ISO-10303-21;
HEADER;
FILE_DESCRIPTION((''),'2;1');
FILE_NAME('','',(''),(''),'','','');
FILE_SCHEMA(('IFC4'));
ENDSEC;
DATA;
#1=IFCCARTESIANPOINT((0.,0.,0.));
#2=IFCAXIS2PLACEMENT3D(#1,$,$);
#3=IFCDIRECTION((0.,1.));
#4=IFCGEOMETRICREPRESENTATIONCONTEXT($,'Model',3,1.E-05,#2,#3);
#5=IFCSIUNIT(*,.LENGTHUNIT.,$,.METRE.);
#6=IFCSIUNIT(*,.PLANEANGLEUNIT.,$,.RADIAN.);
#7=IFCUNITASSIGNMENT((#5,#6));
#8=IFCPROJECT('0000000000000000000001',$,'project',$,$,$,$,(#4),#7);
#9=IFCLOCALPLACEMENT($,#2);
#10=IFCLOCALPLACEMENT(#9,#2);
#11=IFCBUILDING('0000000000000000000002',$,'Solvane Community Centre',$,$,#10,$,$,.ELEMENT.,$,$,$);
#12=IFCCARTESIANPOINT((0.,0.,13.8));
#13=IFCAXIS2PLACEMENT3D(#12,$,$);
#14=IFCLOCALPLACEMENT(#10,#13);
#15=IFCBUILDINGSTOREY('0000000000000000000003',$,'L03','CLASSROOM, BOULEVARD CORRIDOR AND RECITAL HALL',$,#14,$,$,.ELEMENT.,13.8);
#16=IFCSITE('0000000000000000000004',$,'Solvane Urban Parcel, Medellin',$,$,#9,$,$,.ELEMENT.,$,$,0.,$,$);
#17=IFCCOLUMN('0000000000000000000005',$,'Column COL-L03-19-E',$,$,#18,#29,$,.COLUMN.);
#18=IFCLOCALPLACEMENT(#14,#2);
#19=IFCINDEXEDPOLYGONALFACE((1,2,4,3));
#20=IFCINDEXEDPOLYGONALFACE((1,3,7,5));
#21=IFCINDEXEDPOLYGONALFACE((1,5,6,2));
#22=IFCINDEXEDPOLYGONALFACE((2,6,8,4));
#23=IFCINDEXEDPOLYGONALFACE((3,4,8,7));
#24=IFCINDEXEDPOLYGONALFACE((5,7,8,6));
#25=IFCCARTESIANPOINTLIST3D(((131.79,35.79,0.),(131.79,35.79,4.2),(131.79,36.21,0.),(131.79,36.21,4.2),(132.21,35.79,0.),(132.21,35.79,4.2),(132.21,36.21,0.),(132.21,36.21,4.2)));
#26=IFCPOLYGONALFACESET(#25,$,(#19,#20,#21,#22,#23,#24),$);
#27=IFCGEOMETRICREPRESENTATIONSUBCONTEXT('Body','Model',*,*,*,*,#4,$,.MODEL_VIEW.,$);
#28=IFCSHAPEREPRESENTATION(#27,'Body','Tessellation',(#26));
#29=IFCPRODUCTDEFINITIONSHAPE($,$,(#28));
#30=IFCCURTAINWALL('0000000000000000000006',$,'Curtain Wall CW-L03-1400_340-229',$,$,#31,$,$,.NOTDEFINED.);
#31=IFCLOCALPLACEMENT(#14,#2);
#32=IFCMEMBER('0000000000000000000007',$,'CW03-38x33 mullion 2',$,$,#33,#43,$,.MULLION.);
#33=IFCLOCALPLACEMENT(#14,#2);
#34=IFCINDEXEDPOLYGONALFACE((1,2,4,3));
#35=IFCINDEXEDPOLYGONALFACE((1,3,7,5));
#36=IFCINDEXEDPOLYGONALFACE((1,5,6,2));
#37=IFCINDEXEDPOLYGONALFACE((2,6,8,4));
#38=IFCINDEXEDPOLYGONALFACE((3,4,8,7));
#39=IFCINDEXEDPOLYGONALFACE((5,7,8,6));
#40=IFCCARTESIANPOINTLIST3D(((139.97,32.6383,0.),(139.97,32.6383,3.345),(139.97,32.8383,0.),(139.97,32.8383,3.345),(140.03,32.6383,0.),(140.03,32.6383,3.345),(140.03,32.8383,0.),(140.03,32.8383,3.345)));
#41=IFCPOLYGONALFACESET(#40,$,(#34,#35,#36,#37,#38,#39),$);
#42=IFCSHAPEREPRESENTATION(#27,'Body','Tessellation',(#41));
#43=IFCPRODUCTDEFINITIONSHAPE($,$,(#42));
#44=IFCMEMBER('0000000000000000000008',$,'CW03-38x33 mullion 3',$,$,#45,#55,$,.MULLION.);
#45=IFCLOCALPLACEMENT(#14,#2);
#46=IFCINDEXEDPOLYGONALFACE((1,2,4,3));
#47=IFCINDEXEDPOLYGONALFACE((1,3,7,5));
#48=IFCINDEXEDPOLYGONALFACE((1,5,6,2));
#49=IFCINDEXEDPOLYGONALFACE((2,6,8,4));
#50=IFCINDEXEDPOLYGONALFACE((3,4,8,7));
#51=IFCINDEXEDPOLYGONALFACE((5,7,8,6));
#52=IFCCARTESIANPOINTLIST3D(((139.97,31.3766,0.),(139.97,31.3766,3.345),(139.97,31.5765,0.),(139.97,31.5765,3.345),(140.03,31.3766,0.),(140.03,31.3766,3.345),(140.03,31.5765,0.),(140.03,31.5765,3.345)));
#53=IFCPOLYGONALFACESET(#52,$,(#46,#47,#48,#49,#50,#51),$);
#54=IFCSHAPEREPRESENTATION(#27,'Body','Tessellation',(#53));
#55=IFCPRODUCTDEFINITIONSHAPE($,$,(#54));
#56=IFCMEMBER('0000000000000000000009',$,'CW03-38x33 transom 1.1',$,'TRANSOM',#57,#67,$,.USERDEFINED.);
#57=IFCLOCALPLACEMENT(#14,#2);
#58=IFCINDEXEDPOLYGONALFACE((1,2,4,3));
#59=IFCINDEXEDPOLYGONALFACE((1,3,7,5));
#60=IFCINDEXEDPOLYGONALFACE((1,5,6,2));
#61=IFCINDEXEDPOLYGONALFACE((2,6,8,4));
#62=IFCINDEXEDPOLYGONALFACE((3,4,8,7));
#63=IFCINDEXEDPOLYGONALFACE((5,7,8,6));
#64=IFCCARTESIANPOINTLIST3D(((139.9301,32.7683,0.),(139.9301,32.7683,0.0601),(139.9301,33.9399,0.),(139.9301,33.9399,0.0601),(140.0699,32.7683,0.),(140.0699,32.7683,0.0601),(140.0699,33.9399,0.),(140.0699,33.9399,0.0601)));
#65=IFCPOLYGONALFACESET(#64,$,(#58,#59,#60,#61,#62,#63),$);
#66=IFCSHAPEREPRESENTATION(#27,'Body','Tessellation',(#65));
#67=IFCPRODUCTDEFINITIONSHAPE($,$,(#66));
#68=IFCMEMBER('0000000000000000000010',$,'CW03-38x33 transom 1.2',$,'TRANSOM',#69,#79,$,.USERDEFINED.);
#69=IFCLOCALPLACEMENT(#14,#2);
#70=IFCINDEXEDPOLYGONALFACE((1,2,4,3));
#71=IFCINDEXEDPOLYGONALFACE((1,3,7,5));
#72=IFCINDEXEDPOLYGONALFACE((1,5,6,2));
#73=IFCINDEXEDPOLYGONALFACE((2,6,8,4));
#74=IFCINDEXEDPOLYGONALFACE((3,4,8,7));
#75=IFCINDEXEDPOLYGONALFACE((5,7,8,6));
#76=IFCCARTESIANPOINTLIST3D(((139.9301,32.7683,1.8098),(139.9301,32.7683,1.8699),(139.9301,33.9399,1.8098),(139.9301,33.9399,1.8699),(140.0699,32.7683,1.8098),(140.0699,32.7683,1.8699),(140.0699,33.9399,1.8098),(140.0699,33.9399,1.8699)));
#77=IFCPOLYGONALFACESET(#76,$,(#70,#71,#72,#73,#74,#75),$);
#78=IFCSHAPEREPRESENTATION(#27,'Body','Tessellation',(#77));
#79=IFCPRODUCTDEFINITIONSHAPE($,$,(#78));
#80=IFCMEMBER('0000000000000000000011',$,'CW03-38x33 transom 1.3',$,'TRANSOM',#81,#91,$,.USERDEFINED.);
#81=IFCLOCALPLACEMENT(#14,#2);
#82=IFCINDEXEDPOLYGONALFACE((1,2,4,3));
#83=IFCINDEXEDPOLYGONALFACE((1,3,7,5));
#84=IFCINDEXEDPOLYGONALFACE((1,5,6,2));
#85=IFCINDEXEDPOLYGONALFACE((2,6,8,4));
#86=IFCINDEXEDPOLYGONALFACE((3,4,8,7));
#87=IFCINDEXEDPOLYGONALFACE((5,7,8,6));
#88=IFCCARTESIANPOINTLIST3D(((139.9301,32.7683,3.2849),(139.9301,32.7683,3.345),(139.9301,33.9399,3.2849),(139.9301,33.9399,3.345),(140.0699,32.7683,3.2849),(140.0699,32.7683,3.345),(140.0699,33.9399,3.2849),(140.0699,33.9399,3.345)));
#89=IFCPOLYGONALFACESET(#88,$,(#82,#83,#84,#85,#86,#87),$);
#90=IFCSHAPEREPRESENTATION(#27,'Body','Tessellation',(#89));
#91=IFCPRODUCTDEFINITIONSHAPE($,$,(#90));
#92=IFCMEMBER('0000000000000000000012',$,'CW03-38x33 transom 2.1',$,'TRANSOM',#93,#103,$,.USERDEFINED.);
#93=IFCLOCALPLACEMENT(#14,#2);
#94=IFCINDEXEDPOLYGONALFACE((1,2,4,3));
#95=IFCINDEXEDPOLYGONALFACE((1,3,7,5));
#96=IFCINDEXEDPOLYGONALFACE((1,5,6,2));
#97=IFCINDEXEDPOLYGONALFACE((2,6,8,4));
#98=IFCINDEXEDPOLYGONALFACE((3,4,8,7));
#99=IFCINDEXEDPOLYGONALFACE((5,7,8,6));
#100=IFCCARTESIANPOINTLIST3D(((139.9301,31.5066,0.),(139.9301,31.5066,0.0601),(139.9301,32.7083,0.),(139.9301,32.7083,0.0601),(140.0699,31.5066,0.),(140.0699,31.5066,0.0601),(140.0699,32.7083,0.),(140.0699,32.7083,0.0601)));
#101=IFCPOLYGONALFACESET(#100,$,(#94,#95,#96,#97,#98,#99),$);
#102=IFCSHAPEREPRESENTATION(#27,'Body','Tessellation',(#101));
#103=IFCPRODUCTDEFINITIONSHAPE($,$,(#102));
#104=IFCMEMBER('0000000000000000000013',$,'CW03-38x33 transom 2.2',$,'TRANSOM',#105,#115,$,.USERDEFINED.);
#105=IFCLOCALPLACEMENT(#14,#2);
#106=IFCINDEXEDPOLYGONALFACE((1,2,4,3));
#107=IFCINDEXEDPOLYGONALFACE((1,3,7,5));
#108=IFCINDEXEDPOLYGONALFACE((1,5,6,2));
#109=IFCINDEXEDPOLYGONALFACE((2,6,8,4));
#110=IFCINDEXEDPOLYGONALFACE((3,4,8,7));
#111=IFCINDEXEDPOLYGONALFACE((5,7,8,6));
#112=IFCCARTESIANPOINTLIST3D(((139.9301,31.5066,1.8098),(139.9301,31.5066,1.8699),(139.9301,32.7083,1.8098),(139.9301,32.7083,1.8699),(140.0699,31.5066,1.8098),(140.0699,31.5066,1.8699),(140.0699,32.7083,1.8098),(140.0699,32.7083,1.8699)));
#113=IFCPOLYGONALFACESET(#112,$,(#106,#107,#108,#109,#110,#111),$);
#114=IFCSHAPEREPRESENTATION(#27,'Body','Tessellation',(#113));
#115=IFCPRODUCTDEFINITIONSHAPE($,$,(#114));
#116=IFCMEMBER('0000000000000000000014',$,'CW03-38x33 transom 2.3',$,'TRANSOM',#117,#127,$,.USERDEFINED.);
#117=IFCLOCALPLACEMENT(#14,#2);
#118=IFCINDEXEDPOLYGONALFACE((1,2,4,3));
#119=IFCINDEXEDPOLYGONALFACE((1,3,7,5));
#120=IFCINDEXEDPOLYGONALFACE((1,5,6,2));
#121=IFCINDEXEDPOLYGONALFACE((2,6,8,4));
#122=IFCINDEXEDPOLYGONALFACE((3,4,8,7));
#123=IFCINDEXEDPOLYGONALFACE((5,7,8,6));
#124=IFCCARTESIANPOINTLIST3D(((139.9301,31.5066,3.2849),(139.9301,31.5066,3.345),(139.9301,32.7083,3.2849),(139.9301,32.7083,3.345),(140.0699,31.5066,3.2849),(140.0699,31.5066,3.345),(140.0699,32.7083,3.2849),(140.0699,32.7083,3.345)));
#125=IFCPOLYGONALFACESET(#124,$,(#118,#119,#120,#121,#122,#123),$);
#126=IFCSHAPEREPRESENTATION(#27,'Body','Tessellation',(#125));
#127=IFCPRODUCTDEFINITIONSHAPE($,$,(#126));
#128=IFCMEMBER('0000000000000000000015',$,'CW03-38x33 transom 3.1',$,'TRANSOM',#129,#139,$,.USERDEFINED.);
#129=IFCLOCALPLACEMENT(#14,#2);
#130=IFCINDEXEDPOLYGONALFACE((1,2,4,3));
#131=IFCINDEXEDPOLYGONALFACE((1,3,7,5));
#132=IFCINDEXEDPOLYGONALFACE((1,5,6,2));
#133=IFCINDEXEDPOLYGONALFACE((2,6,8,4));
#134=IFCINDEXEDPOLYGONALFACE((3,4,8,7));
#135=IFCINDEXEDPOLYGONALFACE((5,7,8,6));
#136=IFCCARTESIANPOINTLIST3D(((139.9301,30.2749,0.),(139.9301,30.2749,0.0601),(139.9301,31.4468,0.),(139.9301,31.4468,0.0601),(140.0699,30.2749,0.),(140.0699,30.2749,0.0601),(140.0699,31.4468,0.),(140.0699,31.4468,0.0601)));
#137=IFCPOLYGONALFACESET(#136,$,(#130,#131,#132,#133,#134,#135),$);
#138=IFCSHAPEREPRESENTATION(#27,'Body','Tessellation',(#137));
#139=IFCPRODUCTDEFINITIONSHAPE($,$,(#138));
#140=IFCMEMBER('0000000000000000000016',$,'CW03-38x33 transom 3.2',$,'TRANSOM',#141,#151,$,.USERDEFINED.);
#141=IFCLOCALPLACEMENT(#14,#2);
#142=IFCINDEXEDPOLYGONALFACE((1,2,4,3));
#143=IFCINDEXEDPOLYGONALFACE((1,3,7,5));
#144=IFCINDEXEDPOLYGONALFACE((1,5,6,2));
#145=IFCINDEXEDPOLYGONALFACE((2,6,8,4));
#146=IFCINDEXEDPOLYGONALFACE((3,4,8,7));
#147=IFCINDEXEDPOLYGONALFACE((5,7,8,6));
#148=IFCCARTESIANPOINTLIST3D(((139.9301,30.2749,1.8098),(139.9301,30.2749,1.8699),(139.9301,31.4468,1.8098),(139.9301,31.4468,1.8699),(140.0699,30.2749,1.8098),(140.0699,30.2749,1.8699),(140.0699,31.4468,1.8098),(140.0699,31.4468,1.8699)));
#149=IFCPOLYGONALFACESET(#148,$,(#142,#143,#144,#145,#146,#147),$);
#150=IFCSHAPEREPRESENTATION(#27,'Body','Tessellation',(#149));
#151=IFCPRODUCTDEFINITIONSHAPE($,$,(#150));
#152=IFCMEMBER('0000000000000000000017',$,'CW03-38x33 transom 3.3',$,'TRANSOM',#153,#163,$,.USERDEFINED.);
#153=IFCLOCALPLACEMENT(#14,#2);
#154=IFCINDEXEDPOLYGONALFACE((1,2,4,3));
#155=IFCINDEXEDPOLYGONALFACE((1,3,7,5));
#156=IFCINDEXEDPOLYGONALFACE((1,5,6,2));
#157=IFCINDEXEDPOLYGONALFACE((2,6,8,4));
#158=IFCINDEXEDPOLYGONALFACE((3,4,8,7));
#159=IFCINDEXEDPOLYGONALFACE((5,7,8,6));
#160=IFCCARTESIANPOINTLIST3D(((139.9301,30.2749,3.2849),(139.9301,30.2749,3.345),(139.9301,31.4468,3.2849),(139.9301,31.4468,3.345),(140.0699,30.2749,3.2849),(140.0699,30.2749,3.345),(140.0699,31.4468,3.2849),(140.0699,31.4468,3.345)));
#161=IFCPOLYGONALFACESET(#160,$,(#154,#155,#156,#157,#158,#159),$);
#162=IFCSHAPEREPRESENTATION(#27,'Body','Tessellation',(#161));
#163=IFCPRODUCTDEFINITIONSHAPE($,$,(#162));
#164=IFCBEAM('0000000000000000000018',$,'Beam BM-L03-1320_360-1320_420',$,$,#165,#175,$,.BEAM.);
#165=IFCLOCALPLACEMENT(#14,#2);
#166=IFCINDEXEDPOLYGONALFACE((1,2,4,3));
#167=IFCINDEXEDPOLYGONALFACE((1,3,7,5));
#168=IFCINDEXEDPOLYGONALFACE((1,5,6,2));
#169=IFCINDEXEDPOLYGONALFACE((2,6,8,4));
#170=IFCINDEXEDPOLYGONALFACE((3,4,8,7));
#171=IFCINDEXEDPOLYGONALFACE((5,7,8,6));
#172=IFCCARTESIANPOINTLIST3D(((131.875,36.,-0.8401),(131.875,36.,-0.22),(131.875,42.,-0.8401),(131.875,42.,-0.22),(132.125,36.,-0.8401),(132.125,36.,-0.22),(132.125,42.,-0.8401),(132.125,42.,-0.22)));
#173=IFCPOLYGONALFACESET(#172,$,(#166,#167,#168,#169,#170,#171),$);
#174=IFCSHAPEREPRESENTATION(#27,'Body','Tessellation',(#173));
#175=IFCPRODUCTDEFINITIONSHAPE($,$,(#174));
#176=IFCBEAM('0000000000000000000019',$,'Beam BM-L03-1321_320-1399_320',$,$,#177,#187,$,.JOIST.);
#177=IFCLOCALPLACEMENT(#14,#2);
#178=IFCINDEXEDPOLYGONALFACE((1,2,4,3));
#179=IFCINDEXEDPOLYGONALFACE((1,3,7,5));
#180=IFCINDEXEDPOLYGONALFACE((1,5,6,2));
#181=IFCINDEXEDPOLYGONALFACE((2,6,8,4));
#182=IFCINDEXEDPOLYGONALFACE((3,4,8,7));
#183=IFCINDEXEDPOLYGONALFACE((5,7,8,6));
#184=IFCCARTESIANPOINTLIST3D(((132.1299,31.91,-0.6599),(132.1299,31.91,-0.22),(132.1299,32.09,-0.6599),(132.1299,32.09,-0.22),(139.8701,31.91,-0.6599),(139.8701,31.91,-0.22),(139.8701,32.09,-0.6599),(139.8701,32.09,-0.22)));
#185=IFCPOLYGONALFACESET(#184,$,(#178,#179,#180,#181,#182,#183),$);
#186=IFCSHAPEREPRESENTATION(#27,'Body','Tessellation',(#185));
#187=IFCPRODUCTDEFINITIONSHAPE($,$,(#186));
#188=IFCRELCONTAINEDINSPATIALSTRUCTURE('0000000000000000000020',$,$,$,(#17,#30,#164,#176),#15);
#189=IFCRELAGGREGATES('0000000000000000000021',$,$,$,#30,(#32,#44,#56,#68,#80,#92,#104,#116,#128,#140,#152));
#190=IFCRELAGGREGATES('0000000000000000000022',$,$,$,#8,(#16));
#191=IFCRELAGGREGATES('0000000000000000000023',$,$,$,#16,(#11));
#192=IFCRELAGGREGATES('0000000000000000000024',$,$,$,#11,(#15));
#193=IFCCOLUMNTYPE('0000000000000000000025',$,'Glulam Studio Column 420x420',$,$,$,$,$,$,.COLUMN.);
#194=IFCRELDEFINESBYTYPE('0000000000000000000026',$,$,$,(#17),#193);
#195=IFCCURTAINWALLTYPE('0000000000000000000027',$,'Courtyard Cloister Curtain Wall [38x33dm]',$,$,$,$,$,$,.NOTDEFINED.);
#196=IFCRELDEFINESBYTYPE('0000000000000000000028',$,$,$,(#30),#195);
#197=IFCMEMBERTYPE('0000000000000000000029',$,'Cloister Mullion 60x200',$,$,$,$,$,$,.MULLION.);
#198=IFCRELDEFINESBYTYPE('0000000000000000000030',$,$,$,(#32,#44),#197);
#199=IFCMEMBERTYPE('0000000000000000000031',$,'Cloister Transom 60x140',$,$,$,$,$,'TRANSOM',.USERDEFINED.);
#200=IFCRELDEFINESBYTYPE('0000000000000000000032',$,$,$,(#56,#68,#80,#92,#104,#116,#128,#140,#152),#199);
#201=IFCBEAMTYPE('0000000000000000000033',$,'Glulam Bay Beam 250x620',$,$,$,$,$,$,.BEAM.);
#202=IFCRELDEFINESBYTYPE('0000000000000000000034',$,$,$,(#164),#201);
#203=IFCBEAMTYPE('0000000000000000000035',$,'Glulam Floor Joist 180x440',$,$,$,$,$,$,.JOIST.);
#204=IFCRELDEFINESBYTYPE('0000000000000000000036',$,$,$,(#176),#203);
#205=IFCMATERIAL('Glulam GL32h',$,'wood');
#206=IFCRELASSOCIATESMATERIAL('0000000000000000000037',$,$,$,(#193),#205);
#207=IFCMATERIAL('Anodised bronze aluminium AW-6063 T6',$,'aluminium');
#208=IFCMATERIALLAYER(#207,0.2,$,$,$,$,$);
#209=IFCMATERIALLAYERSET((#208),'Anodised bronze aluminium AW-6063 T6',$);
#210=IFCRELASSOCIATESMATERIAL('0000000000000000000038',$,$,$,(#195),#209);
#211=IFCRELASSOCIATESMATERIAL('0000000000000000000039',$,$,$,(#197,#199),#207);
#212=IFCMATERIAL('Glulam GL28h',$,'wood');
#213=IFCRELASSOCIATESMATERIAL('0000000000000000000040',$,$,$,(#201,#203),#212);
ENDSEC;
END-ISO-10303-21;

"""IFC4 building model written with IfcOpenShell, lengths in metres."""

from ifc_helpers import new_model, si_unit, direction, frame, origin, origin_2d, place, context, subcontext, project, spatial, rectangle, extrude, material, layer, layer_set, material_profile, profile_set, type_object, element, aggregate, save


model = new_model("IFC4")

# Units and contexts
model_context = context("Model", 3, precision=1e-05, world=origin(), true_north=direction((0.0, 1.0)))
body_context = subcontext(model_context, "Body", "Model", "MODEL_VIEW")
ifc_project = project(units=[si_unit("LENGTHUNIT", "METRE"), si_unit("PLANEANGLEUNIT", "RADIAN")], contexts=[model_context])

# Site, building, storey
site_placement = place(None, origin())
site = spatial("IfcSite", under=ifc_project, at=site_placement, Name="Solvane Urban Parcel, Medellin", CompositionType="ELEMENT", RefElevation=0.0)
building_placement = place(site_placement, origin())
building = spatial("IfcBuilding", under=site, at=building_placement, Name="Solvane Community Centre", CompositionType="ELEMENT")
storey_placement = place(building_placement, frame((0.0, 0.0, 13.8)))
storey = spatial("IfcBuildingStorey", under=building, at=storey_placement, Name="L03", Description="CLASSROOM, BOULEVARD CORRIDOR AND RECITAL HALL", CompositionType="ELEMENT", Elevation=13.8)

# Column
ifc_material_1 = material(Name="Glulam GL32h", Category="wood")
ifc_material_profile_1 = material_profile(ifc_material_1, rectangle(XDim=0.4199, YDim=0.4199, at=origin_2d()), Name="GL32h 420x420")
ifc_profile_set_1 = profile_set([ifc_material_profile_1], Name="Glulam GL32h")
column_type = type_object("IfcColumnType", Name="Glulam Studio Column 420x420", PredefinedType="COLUMN", material=ifc_profile_set_1)
column_placement = place(storey_placement, frame((132.0, 36.0, 0.0), z_axis=(0.0, 0.0, 1.0), x_axis=(1.0, 0.0, 0.0)))
element("IfcColumn", 1, at=column_placement, inside=storey, type_object=column_type, Name="Column COL-L03-19-E", PredefinedType="COLUMN", context=body_context, shape_type="SweptSolid", body=[
    extrude(rectangle(XDim=0.4199, YDim=0.4199, at=origin_2d()), origin(), (0.0, 0.0, 1.0), 4.2),
])

# Curtain wall, members
ifc_material_2 = material(Name="Anodised bronze aluminium AW-6063 T6", Category="aluminium")
ifc_layer_1 = layer(ifc_material_2, 0.2)
ifc_layer_set_1 = layer_set([ifc_layer_1], Name="Anodised bronze aluminium AW-6063 T6")
curtain_wall_type = type_object("IfcCurtainWallType", Name="Courtyard Cloister Curtain Wall [38x33dm]", PredefinedType="NOTDEFINED", material=ifc_layer_set_1)
curtain_wall_placement = place(storey_placement, origin())
curtain_wall = element("IfcCurtainWall", 2, at=curtain_wall_placement, inside=storey, type_object=curtain_wall_type, Name="Curtain Wall CW-L03-1400_340-229", PredefinedType="NOTDEFINED")
ifc_material_profile_2 = material_profile(ifc_material_2, rectangle(XDim=0.0601, YDim=0.2, at=origin_2d()), Name="CW-M 60x200")
ifc_profile_set_2 = profile_set([ifc_material_profile_2], Name="Anodised bronze aluminium AW-6063 T6")
member_type_1 = type_object("IfcMemberType", Name="Cloister Mullion 60x200", PredefinedType="MULLION", material=ifc_profile_set_2)
member_1_placement = place(storey_placement, frame((140.0, 32.7383, 0.0), z_axis=(0.0, 0.0, 1.0), x_axis=(1.0, 0.0, 0.0)))
member_1 = element("IfcMember", 3, at=member_1_placement, type_object=member_type_1, Name="CW03-38x33 mullion 2", PredefinedType="MULLION", context=body_context, shape_type="SweptSolid", body=[
    extrude(rectangle(XDim=0.0601, YDim=0.2, at=origin_2d()), origin(), (0.0, 0.0, 1.0), 3.345),
])
member_2_placement = place(storey_placement, frame((140.0, 31.4766, 0.0), z_axis=(0.0, 0.0, 1.0), x_axis=(1.0, 0.0, 0.0)))
member_2 = element("IfcMember", 4, at=member_2_placement, type_object=member_type_1, Name="CW03-38x33 mullion 3", PredefinedType="MULLION", context=body_context, shape_type="SweptSolid", body=[
    extrude(rectangle(XDim=0.0601, YDim=0.2, at=origin_2d()), origin(), (0.0, 0.0, 1.0), 3.345),
])
ifc_material_profile_3 = material_profile(ifc_material_2, rectangle(XDim=0.1399, YDim=0.0601, at=origin_2d()), Name="CW-T 60x140")
ifc_profile_set_3 = profile_set([ifc_material_profile_3], Name="Anodised bronze aluminium AW-6063 T6")
member_type_2 = type_object("IfcMemberType", Name="Cloister Transom 60x140", ElementType="TRANSOM", PredefinedType="USERDEFINED", material=ifc_profile_set_3)
member_3_placement = place(storey_placement, frame((140.0, 33.9399, 0.03), z_axis=(0.0, -1.0, 0.0), x_axis=(1.0, 0.0, 0.0)))
member_3 = element("IfcMember", 5, at=member_3_placement, type_object=member_type_2, Name="CW03-38x33 transom 1.1", ObjectType="TRANSOM", PredefinedType="USERDEFINED", context=body_context, shape_type="SweptSolid", body=[
    extrude(rectangle(XDim=0.1399, YDim=0.0601, at=origin_2d()), origin(), (0.0, 0.0, 1.0), 1.1716),
])
member_4_placement = place(storey_placement, frame((140.0, 33.9399, 1.8398), z_axis=(0.0, -1.0, 0.0), x_axis=(1.0, 0.0, 0.0)))
member_4 = element("IfcMember", 6, at=member_4_placement, type_object=member_type_2, Name="CW03-38x33 transom 1.2", ObjectType="TRANSOM", PredefinedType="USERDEFINED", context=body_context, shape_type="SweptSolid", body=[
    extrude(rectangle(XDim=0.1399, YDim=0.0601, at=origin_2d()), origin(), (0.0, 0.0, 1.0), 1.1716),
])
member_5_placement = place(storey_placement, frame((140.0, 33.9399, 3.3149), z_axis=(0.0, -1.0, 0.0), x_axis=(1.0, 0.0, 0.0)))
member_5 = element("IfcMember", 7, at=member_5_placement, type_object=member_type_2, Name="CW03-38x33 transom 1.3", ObjectType="TRANSOM", PredefinedType="USERDEFINED", context=body_context, shape_type="SweptSolid", body=[
    extrude(rectangle(XDim=0.1399, YDim=0.0601, at=origin_2d()), origin(), (0.0, 0.0, 1.0), 1.1716),
])
member_6_placement = place(storey_placement, frame((140.0, 32.7083, 0.03), z_axis=(0.0, -1.0, 0.0), x_axis=(1.0, 0.0, 0.0)))
member_6 = element("IfcMember", 8, at=member_6_placement, type_object=member_type_2, Name="CW03-38x33 transom 2.1", ObjectType="TRANSOM", PredefinedType="USERDEFINED", context=body_context, shape_type="SweptSolid", body=[
    extrude(rectangle(XDim=0.1399, YDim=0.0601, at=origin_2d()), origin(), (0.0, 0.0, 1.0), 1.2017),
])
member_7_placement = place(storey_placement, frame((140.0, 32.7083, 1.8398), z_axis=(0.0, -1.0, 0.0), x_axis=(1.0, 0.0, 0.0)))
member_7 = element("IfcMember", 9, at=member_7_placement, type_object=member_type_2, Name="CW03-38x33 transom 2.2", ObjectType="TRANSOM", PredefinedType="USERDEFINED", context=body_context, shape_type="SweptSolid", body=[
    extrude(rectangle(XDim=0.1399, YDim=0.0601, at=origin_2d()), origin(), (0.0, 0.0, 1.0), 1.2017),
])
member_8_placement = place(storey_placement, frame((140.0, 32.7083, 3.3149), z_axis=(0.0, -1.0, 0.0), x_axis=(1.0, 0.0, 0.0)))
member_8 = element("IfcMember", 10, at=member_8_placement, type_object=member_type_2, Name="CW03-38x33 transom 2.3", ObjectType="TRANSOM", PredefinedType="USERDEFINED", context=body_context, shape_type="SweptSolid", body=[
    extrude(rectangle(XDim=0.1399, YDim=0.0601, at=origin_2d()), origin(), (0.0, 0.0, 1.0), 1.2017),
])
member_9_placement = place(storey_placement, frame((140.0, 31.4468, 0.03), z_axis=(0.0, -1.0, 0.0), x_axis=(1.0, 0.0, 0.0)))
member_9 = element("IfcMember", 11, at=member_9_placement, type_object=member_type_2, Name="CW03-38x33 transom 3.1", ObjectType="TRANSOM", PredefinedType="USERDEFINED", context=body_context, shape_type="SweptSolid", body=[
    extrude(rectangle(XDim=0.1399, YDim=0.0601, at=origin_2d()), origin(), (0.0, 0.0, 1.0), 1.1719),
])
member_10_placement = place(storey_placement, frame((140.0, 31.4468, 1.8398), z_axis=(0.0, -1.0, 0.0), x_axis=(1.0, 0.0, 0.0)))
member_10 = element("IfcMember", 12, at=member_10_placement, type_object=member_type_2, Name="CW03-38x33 transom 3.2", ObjectType="TRANSOM", PredefinedType="USERDEFINED", context=body_context, shape_type="SweptSolid", body=[
    extrude(rectangle(XDim=0.1399, YDim=0.0601, at=origin_2d()), origin(), (0.0, 0.0, 1.0), 1.1719),
])
member_11_placement = place(storey_placement, frame((140.0, 31.4468, 3.3149), z_axis=(0.0, -1.0, 0.0), x_axis=(1.0, 0.0, 0.0)))
member_11 = element("IfcMember", 13, at=member_11_placement, type_object=member_type_2, Name="CW03-38x33 transom 3.3", ObjectType="TRANSOM", PredefinedType="USERDEFINED", context=body_context, shape_type="SweptSolid", body=[
    extrude(rectangle(XDim=0.1399, YDim=0.0601, at=origin_2d()), origin(), (0.0, 0.0, 1.0), 1.1719),
])

# Beams
ifc_material_3 = material(Name="Glulam GL28h", Category="wood")
ifc_material_profile_4 = material_profile(ifc_material_3, rectangle(XDim=0.25, YDim=0.6201, at=origin_2d()), Name="GL28h 250x620")
ifc_profile_set_4 = profile_set([ifc_material_profile_4], Name="Glulam GL28h")
beam_type_1 = type_object("IfcBeamType", Name="Glulam Bay Beam 250x620", PredefinedType="BEAM", material=ifc_profile_set_4)
beam_1_placement = place(storey_placement, frame((132.0, 36.0, -0.53), z_axis=(0.0, 1.0, 0.0), x_axis=(-1.0, 0.0, 0.0)))
element("IfcBeam", 14, at=beam_1_placement, inside=storey, type_object=beam_type_1, Name="Beam BM-L03-1320_360-1320_420", PredefinedType="BEAM", context=body_context, shape_type="SweptSolid", body=[
    extrude(rectangle(XDim=0.25, YDim=0.6201, at=origin_2d()), origin(), (0.0, 0.0, 1.0), 6.0),
])
ifc_material_profile_5 = material_profile(ifc_material_3, rectangle(XDim=0.1799, YDim=0.4399, at=origin_2d()), Name="GL28h 180x440")
ifc_profile_set_5 = profile_set([ifc_material_profile_5], Name="Glulam GL28h")
beam_type_2 = type_object("IfcBeamType", Name="Glulam Floor Joist 180x440", PredefinedType="JOIST", material=ifc_profile_set_5)
for number, where, z_axis, x_axis, name in (
    (15, (132.1299, 32.0, -0.4399), (1.0, 0.0, 0.0), (0.0, 1.0, 0.0), "Beam BM-L03-1321_320-1399_320"),
):
    element("IfcBeam", number, at=place(storey_placement, frame(where, z_axis=z_axis, x_axis=x_axis)), inside=storey, type_object=beam_type_2, Name=name, PredefinedType="JOIST", context=body_context, shape_type="SweptSolid", body=[
        extrude(rectangle(XDim=0.1799, YDim=0.4399, at=origin_2d()), origin(), (0.0, 0.0, 1.0), 7.7402),
    ])

aggregate(curtain_wall, [member_1, member_2, member_3, member_4, member_5, member_6, member_7, member_8, member_9, member_10, member_11])

save(model, "model.ifc")
